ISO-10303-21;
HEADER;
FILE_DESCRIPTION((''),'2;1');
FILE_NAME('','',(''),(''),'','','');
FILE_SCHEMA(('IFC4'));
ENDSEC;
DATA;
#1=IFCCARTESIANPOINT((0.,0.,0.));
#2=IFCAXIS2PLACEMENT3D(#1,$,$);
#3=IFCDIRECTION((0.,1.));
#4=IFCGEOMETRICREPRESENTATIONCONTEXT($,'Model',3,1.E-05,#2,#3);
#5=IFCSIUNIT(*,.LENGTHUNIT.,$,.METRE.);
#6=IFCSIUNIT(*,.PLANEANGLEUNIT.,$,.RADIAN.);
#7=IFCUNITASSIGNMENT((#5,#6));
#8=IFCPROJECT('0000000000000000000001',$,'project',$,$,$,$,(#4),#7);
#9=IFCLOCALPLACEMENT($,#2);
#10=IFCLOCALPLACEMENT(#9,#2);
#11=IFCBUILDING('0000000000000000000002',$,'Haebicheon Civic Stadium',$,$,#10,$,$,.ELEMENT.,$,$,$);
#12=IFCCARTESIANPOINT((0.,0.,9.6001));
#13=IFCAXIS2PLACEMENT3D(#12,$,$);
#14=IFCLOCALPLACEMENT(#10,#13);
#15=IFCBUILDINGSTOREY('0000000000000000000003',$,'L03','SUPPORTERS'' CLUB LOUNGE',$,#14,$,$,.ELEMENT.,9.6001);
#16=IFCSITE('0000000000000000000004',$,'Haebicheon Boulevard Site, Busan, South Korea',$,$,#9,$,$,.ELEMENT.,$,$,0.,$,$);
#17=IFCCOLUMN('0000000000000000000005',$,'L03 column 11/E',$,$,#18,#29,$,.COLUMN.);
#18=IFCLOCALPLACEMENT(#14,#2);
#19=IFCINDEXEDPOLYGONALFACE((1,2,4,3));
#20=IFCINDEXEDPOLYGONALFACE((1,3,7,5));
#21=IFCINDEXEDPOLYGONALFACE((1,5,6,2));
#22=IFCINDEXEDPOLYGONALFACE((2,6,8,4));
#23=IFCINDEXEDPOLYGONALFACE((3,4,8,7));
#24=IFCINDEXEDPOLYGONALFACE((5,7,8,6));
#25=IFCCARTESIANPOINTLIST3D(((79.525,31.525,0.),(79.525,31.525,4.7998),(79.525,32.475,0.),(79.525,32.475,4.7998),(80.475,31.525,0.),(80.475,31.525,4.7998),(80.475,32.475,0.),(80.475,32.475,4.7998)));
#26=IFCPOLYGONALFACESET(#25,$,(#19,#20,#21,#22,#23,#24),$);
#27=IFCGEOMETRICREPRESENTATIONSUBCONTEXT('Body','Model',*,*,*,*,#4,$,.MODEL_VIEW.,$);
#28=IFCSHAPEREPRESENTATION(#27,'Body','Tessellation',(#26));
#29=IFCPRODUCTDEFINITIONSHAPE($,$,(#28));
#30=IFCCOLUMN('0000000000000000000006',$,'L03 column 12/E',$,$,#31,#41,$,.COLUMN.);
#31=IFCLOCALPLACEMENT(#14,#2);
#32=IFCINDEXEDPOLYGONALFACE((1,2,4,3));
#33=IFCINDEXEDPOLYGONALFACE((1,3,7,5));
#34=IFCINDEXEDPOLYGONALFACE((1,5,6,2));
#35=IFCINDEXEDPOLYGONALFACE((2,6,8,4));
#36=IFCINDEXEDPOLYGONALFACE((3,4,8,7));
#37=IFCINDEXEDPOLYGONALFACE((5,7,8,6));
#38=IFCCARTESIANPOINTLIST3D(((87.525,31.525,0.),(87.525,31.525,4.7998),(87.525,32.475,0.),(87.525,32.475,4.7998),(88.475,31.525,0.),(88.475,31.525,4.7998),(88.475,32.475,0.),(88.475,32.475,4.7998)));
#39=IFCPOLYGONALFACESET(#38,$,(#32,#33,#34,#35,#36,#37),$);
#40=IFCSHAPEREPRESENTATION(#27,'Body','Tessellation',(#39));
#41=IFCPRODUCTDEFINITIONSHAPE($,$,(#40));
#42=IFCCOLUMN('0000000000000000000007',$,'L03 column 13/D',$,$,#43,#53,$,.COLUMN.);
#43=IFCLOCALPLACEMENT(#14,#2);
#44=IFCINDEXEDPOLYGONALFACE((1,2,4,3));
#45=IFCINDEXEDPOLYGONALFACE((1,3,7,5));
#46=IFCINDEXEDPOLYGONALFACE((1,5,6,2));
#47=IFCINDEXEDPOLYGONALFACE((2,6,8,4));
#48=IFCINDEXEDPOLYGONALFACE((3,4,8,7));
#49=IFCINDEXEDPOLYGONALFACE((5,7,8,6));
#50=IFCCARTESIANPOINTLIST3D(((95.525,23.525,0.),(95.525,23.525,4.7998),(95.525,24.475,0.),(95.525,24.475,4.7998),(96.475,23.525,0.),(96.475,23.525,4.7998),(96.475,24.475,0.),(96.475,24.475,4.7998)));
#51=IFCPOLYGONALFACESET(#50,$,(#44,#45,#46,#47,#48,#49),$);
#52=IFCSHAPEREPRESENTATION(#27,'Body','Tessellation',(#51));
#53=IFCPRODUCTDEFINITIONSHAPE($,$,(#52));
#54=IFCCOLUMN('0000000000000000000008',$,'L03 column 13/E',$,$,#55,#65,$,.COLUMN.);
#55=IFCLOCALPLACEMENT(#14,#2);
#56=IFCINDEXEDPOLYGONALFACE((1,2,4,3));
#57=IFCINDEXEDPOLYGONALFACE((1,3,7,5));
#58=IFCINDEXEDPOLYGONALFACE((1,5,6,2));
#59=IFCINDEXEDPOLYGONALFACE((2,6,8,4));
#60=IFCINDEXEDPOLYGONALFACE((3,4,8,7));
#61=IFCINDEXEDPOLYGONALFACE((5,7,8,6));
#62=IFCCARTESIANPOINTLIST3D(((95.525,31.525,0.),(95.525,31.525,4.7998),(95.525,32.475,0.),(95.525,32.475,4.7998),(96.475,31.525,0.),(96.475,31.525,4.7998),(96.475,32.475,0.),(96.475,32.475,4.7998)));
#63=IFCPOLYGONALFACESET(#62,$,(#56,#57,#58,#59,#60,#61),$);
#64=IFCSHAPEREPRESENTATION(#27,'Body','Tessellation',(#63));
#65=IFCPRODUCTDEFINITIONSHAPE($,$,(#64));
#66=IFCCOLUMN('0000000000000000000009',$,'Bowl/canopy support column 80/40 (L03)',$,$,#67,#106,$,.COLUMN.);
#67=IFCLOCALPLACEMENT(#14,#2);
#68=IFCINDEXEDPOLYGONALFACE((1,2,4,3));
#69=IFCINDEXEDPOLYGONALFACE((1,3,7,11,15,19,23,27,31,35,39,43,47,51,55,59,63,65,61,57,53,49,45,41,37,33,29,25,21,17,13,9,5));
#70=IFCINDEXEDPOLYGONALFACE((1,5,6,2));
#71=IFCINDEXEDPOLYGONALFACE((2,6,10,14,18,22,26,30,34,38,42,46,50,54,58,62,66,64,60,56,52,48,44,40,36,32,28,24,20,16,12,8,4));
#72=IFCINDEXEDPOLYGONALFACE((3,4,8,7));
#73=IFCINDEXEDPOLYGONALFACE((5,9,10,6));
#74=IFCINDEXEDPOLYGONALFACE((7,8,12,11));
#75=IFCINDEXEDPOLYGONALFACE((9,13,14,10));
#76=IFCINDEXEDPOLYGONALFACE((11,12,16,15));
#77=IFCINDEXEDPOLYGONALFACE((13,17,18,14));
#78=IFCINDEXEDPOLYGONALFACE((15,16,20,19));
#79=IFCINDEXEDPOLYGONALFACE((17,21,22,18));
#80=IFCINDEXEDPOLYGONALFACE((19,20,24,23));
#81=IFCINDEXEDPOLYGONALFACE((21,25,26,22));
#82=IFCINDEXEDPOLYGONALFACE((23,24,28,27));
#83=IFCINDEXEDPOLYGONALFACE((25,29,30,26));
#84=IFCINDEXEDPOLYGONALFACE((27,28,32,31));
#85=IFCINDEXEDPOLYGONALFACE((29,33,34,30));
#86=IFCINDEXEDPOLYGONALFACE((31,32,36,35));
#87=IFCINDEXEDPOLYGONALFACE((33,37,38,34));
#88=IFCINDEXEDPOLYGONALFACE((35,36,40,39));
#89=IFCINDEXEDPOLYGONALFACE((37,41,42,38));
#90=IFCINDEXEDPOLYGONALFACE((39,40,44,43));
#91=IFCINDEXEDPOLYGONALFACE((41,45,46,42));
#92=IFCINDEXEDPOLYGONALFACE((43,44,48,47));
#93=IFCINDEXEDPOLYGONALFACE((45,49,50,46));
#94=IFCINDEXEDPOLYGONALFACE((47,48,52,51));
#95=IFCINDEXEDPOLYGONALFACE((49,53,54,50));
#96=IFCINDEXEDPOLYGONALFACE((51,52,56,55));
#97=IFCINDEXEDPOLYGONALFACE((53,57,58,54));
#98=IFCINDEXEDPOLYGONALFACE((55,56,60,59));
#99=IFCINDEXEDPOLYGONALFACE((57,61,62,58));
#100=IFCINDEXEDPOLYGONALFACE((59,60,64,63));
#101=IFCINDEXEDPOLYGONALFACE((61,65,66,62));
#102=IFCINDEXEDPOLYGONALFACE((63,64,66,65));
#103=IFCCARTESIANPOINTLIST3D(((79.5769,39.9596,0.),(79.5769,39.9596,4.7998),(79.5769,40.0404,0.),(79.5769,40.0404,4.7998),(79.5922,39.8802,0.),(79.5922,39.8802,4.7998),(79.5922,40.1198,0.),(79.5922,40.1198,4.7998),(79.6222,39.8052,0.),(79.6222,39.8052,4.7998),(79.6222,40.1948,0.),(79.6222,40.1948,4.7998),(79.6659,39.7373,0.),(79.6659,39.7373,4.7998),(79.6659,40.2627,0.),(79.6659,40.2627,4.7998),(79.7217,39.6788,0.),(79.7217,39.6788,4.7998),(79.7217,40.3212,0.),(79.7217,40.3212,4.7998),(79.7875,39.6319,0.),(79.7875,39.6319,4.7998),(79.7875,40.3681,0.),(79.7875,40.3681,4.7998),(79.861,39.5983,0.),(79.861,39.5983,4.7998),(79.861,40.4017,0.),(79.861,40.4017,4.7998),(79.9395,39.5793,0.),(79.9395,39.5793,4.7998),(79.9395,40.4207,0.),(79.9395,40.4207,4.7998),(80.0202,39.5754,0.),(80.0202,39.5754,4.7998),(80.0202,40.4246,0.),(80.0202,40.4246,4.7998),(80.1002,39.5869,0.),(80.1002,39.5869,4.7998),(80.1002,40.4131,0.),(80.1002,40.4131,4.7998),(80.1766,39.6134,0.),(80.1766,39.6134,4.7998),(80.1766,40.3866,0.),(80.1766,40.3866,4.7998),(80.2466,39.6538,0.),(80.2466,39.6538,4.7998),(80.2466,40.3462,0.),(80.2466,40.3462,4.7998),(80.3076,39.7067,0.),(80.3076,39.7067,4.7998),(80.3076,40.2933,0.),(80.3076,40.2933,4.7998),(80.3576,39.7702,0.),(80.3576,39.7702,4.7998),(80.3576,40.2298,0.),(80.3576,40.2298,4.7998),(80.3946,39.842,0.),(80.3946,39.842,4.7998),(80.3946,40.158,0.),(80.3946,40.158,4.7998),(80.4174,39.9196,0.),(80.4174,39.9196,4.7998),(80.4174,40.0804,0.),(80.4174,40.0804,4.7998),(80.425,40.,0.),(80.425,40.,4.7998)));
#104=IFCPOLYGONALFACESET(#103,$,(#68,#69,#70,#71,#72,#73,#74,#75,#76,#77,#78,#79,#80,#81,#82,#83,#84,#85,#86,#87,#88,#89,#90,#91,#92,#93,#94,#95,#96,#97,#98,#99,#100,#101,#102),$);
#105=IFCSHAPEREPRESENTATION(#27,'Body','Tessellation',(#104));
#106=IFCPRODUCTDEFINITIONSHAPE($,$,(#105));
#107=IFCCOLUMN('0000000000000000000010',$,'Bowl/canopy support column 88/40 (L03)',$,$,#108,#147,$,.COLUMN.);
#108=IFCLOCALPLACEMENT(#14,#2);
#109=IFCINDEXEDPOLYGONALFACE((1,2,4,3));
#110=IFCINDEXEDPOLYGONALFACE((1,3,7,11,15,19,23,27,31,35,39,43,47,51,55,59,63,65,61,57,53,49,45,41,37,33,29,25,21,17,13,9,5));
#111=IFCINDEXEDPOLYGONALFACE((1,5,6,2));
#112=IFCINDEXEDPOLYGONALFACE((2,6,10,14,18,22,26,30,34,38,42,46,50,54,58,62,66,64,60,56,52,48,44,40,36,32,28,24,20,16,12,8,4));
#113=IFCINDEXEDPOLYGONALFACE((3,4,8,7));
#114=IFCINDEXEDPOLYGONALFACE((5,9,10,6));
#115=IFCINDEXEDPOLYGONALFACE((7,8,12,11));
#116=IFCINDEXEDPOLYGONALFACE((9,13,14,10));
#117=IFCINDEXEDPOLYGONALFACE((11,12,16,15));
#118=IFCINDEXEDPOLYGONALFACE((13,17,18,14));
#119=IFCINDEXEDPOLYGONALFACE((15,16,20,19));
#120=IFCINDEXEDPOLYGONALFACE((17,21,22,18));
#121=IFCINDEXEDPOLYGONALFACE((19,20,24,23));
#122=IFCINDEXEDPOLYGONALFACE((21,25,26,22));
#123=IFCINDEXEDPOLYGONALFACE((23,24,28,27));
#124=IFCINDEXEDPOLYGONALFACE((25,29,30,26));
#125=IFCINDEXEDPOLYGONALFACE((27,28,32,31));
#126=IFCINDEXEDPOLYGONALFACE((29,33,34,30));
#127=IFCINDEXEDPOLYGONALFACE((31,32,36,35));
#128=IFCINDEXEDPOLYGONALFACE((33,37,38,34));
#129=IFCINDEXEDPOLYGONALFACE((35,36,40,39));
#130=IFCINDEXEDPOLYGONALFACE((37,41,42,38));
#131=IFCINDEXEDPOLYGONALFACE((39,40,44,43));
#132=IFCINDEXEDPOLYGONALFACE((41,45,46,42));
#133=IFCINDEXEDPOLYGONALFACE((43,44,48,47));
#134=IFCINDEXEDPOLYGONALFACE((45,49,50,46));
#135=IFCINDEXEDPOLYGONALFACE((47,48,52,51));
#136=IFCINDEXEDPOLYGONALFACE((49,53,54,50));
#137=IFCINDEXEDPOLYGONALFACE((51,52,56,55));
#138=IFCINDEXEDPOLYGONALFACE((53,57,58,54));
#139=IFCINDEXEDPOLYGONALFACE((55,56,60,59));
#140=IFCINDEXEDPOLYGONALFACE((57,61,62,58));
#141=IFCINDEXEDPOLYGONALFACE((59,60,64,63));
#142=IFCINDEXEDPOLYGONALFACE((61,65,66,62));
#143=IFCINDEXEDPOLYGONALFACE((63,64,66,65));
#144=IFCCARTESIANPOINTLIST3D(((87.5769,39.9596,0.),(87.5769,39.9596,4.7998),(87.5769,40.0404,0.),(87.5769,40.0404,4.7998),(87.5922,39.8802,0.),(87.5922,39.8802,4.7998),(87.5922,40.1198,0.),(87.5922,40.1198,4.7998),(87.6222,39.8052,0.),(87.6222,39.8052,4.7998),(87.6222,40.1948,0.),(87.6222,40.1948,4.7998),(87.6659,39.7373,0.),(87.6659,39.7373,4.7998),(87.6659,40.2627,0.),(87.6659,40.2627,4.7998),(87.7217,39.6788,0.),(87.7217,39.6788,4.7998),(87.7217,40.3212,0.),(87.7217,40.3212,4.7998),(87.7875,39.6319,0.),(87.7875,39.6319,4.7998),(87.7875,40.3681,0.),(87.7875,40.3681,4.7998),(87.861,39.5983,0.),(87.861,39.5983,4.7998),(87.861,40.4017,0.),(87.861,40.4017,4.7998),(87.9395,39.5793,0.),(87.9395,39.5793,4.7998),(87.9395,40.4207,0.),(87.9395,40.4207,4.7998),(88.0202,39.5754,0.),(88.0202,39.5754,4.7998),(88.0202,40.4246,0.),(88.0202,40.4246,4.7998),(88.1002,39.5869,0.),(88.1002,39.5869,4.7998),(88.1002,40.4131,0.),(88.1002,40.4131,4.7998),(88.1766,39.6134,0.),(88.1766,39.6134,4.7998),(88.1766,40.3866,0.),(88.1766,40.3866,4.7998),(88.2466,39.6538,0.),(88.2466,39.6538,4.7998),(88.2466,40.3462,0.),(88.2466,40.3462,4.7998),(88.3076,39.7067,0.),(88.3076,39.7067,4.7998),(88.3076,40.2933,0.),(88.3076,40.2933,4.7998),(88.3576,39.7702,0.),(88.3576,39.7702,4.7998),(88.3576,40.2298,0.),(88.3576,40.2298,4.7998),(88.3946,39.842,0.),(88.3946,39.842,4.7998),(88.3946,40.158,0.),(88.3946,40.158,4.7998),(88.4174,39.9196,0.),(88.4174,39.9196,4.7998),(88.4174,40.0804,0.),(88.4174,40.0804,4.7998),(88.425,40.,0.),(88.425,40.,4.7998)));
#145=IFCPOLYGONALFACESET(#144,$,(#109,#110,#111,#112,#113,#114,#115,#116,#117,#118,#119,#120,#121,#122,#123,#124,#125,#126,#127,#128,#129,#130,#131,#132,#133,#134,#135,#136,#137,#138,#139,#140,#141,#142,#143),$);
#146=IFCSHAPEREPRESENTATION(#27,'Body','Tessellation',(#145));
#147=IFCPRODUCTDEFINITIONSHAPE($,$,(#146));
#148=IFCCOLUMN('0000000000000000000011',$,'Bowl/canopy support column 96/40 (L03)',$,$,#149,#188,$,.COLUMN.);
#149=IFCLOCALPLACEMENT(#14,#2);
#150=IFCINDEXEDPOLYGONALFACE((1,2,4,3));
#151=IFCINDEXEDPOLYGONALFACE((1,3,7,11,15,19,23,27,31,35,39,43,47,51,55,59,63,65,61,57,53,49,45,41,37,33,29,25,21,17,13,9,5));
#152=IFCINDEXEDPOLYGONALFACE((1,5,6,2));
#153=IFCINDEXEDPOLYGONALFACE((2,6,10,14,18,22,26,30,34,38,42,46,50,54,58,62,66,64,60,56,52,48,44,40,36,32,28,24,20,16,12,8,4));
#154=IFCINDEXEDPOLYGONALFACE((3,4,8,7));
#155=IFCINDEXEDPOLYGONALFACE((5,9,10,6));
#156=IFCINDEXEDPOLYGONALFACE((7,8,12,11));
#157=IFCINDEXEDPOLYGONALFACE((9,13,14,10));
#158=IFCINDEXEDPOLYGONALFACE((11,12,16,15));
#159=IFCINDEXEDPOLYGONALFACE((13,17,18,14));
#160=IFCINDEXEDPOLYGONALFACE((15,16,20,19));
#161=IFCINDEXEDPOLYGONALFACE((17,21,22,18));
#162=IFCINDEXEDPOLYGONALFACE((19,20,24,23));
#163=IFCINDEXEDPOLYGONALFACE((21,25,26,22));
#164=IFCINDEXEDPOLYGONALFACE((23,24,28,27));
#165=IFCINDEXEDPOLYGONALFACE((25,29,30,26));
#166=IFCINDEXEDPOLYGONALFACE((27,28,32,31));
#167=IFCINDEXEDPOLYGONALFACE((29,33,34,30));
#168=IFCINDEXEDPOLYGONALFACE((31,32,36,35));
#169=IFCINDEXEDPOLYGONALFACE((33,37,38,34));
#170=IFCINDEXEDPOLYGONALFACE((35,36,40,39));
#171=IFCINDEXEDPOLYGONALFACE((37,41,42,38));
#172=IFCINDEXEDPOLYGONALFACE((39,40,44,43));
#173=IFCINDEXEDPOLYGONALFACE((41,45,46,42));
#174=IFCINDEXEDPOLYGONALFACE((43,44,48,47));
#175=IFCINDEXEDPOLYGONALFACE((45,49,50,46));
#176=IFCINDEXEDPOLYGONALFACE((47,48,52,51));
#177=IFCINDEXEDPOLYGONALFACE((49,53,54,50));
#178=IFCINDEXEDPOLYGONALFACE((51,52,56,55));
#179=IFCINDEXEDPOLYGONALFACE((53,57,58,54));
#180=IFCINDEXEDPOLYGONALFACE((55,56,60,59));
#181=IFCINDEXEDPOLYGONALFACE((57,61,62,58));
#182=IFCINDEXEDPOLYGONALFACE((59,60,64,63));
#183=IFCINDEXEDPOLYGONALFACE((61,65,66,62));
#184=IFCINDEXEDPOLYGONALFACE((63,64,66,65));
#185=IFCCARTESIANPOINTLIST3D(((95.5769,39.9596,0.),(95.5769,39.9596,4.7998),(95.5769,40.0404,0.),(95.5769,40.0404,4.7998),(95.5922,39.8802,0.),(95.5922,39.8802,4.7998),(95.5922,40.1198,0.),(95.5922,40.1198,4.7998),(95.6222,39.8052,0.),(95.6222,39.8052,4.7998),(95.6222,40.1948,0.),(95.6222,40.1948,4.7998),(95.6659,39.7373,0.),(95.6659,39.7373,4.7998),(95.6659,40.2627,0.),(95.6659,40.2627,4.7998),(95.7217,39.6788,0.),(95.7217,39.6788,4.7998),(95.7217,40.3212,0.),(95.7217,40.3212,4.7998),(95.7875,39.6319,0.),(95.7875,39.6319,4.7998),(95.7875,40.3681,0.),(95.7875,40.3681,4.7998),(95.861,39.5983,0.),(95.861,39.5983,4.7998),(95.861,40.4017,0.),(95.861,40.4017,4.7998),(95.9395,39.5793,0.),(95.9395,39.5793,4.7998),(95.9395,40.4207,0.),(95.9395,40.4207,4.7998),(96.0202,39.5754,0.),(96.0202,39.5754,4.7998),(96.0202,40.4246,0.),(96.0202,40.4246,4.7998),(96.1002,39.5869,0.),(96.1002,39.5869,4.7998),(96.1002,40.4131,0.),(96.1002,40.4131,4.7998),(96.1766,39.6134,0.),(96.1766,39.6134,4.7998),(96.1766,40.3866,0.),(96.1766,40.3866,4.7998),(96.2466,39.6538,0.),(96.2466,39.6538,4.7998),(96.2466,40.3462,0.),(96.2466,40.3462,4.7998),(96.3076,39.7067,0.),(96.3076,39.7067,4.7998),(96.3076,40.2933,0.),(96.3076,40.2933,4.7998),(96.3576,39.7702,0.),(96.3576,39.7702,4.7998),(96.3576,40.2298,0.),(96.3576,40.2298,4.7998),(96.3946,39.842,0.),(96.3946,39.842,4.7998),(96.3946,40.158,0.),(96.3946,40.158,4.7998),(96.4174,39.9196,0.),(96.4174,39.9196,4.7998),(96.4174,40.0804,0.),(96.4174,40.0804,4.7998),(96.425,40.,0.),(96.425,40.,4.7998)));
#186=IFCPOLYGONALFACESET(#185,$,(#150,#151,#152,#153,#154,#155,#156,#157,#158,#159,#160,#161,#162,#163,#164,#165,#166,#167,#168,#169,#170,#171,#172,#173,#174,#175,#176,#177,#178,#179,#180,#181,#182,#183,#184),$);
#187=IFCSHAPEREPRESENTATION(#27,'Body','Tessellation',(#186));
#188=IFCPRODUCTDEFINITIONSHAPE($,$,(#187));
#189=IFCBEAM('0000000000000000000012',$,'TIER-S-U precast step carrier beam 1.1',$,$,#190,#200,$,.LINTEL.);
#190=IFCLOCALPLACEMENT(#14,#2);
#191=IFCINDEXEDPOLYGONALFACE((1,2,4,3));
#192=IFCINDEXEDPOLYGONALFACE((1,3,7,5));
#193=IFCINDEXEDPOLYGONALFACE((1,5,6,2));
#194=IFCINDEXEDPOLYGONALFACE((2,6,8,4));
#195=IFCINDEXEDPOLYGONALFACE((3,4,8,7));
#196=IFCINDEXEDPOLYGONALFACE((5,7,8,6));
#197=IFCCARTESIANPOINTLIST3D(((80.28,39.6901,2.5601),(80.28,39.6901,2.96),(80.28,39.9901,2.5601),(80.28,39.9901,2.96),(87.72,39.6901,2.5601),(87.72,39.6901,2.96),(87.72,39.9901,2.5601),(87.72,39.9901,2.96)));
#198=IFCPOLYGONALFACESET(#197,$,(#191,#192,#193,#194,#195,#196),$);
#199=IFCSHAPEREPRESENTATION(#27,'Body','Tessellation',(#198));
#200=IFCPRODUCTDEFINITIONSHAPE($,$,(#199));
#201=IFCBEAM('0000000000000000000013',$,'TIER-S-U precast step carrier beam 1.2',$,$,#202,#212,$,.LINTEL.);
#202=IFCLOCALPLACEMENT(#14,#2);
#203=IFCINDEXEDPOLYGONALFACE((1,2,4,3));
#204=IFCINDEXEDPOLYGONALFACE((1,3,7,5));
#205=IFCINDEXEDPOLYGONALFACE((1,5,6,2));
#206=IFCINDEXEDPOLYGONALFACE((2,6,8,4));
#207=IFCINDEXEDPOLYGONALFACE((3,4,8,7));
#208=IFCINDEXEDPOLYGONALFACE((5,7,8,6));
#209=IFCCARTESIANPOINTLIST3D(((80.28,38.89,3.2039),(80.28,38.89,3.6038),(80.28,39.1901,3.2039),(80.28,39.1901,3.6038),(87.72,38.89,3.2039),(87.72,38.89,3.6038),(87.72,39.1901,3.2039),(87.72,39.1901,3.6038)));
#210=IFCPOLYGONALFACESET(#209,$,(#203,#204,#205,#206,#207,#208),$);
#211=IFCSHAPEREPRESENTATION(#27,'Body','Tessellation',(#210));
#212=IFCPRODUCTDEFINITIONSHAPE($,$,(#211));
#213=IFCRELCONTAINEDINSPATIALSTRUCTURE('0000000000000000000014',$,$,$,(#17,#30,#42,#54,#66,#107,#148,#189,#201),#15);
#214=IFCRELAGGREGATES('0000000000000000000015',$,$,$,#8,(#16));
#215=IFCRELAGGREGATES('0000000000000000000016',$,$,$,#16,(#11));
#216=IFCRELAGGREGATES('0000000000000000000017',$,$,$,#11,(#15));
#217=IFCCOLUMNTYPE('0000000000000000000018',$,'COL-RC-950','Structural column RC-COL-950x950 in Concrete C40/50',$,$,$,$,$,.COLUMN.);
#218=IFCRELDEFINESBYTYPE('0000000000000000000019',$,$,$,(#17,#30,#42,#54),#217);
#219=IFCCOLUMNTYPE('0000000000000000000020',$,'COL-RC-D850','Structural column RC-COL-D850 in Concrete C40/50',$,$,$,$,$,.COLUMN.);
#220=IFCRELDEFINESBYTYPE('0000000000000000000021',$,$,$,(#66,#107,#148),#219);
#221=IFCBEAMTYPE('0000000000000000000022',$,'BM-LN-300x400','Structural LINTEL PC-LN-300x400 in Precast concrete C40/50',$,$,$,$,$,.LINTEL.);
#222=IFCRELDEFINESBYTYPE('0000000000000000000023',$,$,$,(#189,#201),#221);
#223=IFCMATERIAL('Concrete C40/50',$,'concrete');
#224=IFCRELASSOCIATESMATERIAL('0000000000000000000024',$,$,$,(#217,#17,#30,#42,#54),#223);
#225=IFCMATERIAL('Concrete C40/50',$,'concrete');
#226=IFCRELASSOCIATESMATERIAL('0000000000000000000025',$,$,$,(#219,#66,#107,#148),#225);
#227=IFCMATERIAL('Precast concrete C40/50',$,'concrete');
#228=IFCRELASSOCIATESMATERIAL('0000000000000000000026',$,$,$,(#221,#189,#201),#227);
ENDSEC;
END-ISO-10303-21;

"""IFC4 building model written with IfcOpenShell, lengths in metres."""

from ifc_helpers import new_model, si_unit, direction, frame, origin, origin_2d, place, context, subcontext, project, spatial, rectangle, circle, extrude, material, material_profile, profile_set, type_object, element, save


model = new_model("IFC4")

# Units and contexts
model_context = context("Model", 3, precision=1e-05, world=origin(), true_north=direction((0.0, 1.0)))
body_context = subcontext(model_context, "Body", "Model", "MODEL_VIEW")
ifc_project = project(units=[si_unit("LENGTHUNIT", "METRE"), si_unit("PLANEANGLEUNIT", "RADIAN")], contexts=[model_context])

# Site, building, storey
site_placement = place(None, origin())
site = spatial("IfcSite", under=ifc_project, at=site_placement, Name="Haebicheon Boulevard Site, Busan, South Korea", CompositionType="ELEMENT", RefElevation=0.0)
building_placement = place(site_placement, origin())
building = spatial("IfcBuilding", under=site, at=building_placement, Name="Haebicheon Civic Stadium", CompositionType="ELEMENT")
storey_placement = place(building_placement, frame((0.0, 0.0, 9.6001)))
storey = spatial("IfcBuildingStorey", under=building, at=storey_placement, Name="L03", Description="SUPPORTERS' CLUB LOUNGE", CompositionType="ELEMENT", Elevation=9.6001)

# Columns
ifc_material_1 = material(Name="Concrete C40/50", Category="concrete")
ifc_material_profile_1 = material_profile(ifc_material_1, rectangle(XDim=0.95, YDim=0.95, at=origin_2d()), Name="RC-COL-950x950")
ifc_profile_set_1 = profile_set([ifc_material_profile_1], Name="Concrete C40/50")
column_type_1 = type_object("IfcColumnType", Name="COL-RC-950", Description="Structural column RC-COL-950x950 in Concrete C40/50", PredefinedType="COLUMN", material=ifc_profile_set_1)
for number, where, z_axis, x_axis, name in (
    (1, (80.0, 32.0, 0.0), (0.0, 0.0, 1.0), (1.0, 0.0, 0.0), "L03 column 11/E"),
    (2, (88.0, 32.0, 0.0), (0.0, 0.0, 1.0), (1.0, 0.0, 0.0), "L03 column 12/E"),
    (3, (96.0, 24.0, 0.0), (0.0, 0.0, 1.0), (1.0, 0.0, 0.0), "L03 column 13/D"),
    (4, (96.0, 32.0, 0.0), (0.0, 0.0, 1.0), (1.0, 0.0, 0.0), "L03 column 13/E"),
):
    element("IfcColumn", number, at=place(storey_placement, frame(where, z_axis=z_axis, x_axis=x_axis)), inside=storey, type_object=column_type_1, material=ifc_profile_set_1, Name=name, PredefinedType="COLUMN", context=body_context, shape_type="SweptSolid", body=[
        extrude(rectangle(XDim=0.95, YDim=0.95, at=origin_2d()), origin(), (0.0, 0.0, 1.0), 4.7998),
    ])
ifc_material_2 = material(Name="Concrete C40/50", Category="concrete")
ifc_material_profile_2 = material_profile(ifc_material_2, circle(Radius=0.425, at=origin_2d()), Name="RC-COL-D850")
ifc_profile_set_2 = profile_set([ifc_material_profile_2], Name="Concrete C40/50")
column_type_2 = type_object("IfcColumnType", Name="COL-RC-D850", Description="Structural column RC-COL-D850 in Concrete C40/50", PredefinedType="COLUMN", material=ifc_profile_set_2)
for number, where, z_axis, x_axis, name in (
    (5, (80.0, 40.0, 0.0), (0.0, 0.0, 1.0), (1.0, 0.0, 0.0), "Bowl/canopy support column 80/40 (L03)"),
    (6, (88.0, 40.0, 0.0), (0.0, 0.0, 1.0), (1.0, 0.0, 0.0), "Bowl/canopy support column 88/40 (L03)"),
    (7, (96.0, 40.0, 0.0), (0.0, 0.0, 1.0), (1.0, 0.0, 0.0), "Bowl/canopy support column 96/40 (L03)"),
):
    element("IfcColumn", number, at=place(storey_placement, frame(where, z_axis=z_axis, x_axis=x_axis)), inside=storey, type_object=column_type_2, material=ifc_profile_set_2, Name=name, PredefinedType="COLUMN", context=body_context, shape_type="SweptSolid", body=[
        extrude(circle(Radius=0.425, at=origin_2d()), origin(), (0.0, 0.0, 1.0), 4.7998),
    ])

# Beams
ifc_material_3 = material(Name="Precast concrete C40/50", Category="concrete")
ifc_material_profile_3 = material_profile(ifc_material_3, rectangle(XDim=0.3, YDim=0.3999, at=origin_2d()), Name="PC-LN-300x400")
ifc_profile_set_3 = profile_set([ifc_material_profile_3], Name="Precast concrete C40/50")
beam_type_1 = type_object("IfcBeamType", Name="BM-LN-300x400", Description="Structural LINTEL PC-LN-300x400 in Precast concrete C40/50", PredefinedType="LINTEL", material=ifc_profile_set_3)
for number, where, z_axis, x_axis, name in (
    (8, (80.28, 39.8401, 2.76), (1.0, 0.0, 0.0), (0.0, 1.0, 0.0), "TIER-S-U precast step carrier beam 1.1"),
    (9, (80.28, 39.04, 3.4038), (1.0, 0.0, 0.0), (0.0, 1.0, 0.0), "TIER-S-U precast step carrier beam 1.2"),
):
    element("IfcBeam", number, at=place(storey_placement, frame(where, z_axis=z_axis, x_axis=x_axis)), inside=storey, type_object=beam_type_1, material=ifc_profile_set_3, Name=name, PredefinedType="LINTEL", context=body_context, shape_type="SweptSolid", body=[
        extrude(rectangle(XDim=0.3, YDim=0.3999, at=origin_2d()), origin(), (0.0, 0.0, 1.0), 7.4399),
    ])

save(model, "model.ifc")
